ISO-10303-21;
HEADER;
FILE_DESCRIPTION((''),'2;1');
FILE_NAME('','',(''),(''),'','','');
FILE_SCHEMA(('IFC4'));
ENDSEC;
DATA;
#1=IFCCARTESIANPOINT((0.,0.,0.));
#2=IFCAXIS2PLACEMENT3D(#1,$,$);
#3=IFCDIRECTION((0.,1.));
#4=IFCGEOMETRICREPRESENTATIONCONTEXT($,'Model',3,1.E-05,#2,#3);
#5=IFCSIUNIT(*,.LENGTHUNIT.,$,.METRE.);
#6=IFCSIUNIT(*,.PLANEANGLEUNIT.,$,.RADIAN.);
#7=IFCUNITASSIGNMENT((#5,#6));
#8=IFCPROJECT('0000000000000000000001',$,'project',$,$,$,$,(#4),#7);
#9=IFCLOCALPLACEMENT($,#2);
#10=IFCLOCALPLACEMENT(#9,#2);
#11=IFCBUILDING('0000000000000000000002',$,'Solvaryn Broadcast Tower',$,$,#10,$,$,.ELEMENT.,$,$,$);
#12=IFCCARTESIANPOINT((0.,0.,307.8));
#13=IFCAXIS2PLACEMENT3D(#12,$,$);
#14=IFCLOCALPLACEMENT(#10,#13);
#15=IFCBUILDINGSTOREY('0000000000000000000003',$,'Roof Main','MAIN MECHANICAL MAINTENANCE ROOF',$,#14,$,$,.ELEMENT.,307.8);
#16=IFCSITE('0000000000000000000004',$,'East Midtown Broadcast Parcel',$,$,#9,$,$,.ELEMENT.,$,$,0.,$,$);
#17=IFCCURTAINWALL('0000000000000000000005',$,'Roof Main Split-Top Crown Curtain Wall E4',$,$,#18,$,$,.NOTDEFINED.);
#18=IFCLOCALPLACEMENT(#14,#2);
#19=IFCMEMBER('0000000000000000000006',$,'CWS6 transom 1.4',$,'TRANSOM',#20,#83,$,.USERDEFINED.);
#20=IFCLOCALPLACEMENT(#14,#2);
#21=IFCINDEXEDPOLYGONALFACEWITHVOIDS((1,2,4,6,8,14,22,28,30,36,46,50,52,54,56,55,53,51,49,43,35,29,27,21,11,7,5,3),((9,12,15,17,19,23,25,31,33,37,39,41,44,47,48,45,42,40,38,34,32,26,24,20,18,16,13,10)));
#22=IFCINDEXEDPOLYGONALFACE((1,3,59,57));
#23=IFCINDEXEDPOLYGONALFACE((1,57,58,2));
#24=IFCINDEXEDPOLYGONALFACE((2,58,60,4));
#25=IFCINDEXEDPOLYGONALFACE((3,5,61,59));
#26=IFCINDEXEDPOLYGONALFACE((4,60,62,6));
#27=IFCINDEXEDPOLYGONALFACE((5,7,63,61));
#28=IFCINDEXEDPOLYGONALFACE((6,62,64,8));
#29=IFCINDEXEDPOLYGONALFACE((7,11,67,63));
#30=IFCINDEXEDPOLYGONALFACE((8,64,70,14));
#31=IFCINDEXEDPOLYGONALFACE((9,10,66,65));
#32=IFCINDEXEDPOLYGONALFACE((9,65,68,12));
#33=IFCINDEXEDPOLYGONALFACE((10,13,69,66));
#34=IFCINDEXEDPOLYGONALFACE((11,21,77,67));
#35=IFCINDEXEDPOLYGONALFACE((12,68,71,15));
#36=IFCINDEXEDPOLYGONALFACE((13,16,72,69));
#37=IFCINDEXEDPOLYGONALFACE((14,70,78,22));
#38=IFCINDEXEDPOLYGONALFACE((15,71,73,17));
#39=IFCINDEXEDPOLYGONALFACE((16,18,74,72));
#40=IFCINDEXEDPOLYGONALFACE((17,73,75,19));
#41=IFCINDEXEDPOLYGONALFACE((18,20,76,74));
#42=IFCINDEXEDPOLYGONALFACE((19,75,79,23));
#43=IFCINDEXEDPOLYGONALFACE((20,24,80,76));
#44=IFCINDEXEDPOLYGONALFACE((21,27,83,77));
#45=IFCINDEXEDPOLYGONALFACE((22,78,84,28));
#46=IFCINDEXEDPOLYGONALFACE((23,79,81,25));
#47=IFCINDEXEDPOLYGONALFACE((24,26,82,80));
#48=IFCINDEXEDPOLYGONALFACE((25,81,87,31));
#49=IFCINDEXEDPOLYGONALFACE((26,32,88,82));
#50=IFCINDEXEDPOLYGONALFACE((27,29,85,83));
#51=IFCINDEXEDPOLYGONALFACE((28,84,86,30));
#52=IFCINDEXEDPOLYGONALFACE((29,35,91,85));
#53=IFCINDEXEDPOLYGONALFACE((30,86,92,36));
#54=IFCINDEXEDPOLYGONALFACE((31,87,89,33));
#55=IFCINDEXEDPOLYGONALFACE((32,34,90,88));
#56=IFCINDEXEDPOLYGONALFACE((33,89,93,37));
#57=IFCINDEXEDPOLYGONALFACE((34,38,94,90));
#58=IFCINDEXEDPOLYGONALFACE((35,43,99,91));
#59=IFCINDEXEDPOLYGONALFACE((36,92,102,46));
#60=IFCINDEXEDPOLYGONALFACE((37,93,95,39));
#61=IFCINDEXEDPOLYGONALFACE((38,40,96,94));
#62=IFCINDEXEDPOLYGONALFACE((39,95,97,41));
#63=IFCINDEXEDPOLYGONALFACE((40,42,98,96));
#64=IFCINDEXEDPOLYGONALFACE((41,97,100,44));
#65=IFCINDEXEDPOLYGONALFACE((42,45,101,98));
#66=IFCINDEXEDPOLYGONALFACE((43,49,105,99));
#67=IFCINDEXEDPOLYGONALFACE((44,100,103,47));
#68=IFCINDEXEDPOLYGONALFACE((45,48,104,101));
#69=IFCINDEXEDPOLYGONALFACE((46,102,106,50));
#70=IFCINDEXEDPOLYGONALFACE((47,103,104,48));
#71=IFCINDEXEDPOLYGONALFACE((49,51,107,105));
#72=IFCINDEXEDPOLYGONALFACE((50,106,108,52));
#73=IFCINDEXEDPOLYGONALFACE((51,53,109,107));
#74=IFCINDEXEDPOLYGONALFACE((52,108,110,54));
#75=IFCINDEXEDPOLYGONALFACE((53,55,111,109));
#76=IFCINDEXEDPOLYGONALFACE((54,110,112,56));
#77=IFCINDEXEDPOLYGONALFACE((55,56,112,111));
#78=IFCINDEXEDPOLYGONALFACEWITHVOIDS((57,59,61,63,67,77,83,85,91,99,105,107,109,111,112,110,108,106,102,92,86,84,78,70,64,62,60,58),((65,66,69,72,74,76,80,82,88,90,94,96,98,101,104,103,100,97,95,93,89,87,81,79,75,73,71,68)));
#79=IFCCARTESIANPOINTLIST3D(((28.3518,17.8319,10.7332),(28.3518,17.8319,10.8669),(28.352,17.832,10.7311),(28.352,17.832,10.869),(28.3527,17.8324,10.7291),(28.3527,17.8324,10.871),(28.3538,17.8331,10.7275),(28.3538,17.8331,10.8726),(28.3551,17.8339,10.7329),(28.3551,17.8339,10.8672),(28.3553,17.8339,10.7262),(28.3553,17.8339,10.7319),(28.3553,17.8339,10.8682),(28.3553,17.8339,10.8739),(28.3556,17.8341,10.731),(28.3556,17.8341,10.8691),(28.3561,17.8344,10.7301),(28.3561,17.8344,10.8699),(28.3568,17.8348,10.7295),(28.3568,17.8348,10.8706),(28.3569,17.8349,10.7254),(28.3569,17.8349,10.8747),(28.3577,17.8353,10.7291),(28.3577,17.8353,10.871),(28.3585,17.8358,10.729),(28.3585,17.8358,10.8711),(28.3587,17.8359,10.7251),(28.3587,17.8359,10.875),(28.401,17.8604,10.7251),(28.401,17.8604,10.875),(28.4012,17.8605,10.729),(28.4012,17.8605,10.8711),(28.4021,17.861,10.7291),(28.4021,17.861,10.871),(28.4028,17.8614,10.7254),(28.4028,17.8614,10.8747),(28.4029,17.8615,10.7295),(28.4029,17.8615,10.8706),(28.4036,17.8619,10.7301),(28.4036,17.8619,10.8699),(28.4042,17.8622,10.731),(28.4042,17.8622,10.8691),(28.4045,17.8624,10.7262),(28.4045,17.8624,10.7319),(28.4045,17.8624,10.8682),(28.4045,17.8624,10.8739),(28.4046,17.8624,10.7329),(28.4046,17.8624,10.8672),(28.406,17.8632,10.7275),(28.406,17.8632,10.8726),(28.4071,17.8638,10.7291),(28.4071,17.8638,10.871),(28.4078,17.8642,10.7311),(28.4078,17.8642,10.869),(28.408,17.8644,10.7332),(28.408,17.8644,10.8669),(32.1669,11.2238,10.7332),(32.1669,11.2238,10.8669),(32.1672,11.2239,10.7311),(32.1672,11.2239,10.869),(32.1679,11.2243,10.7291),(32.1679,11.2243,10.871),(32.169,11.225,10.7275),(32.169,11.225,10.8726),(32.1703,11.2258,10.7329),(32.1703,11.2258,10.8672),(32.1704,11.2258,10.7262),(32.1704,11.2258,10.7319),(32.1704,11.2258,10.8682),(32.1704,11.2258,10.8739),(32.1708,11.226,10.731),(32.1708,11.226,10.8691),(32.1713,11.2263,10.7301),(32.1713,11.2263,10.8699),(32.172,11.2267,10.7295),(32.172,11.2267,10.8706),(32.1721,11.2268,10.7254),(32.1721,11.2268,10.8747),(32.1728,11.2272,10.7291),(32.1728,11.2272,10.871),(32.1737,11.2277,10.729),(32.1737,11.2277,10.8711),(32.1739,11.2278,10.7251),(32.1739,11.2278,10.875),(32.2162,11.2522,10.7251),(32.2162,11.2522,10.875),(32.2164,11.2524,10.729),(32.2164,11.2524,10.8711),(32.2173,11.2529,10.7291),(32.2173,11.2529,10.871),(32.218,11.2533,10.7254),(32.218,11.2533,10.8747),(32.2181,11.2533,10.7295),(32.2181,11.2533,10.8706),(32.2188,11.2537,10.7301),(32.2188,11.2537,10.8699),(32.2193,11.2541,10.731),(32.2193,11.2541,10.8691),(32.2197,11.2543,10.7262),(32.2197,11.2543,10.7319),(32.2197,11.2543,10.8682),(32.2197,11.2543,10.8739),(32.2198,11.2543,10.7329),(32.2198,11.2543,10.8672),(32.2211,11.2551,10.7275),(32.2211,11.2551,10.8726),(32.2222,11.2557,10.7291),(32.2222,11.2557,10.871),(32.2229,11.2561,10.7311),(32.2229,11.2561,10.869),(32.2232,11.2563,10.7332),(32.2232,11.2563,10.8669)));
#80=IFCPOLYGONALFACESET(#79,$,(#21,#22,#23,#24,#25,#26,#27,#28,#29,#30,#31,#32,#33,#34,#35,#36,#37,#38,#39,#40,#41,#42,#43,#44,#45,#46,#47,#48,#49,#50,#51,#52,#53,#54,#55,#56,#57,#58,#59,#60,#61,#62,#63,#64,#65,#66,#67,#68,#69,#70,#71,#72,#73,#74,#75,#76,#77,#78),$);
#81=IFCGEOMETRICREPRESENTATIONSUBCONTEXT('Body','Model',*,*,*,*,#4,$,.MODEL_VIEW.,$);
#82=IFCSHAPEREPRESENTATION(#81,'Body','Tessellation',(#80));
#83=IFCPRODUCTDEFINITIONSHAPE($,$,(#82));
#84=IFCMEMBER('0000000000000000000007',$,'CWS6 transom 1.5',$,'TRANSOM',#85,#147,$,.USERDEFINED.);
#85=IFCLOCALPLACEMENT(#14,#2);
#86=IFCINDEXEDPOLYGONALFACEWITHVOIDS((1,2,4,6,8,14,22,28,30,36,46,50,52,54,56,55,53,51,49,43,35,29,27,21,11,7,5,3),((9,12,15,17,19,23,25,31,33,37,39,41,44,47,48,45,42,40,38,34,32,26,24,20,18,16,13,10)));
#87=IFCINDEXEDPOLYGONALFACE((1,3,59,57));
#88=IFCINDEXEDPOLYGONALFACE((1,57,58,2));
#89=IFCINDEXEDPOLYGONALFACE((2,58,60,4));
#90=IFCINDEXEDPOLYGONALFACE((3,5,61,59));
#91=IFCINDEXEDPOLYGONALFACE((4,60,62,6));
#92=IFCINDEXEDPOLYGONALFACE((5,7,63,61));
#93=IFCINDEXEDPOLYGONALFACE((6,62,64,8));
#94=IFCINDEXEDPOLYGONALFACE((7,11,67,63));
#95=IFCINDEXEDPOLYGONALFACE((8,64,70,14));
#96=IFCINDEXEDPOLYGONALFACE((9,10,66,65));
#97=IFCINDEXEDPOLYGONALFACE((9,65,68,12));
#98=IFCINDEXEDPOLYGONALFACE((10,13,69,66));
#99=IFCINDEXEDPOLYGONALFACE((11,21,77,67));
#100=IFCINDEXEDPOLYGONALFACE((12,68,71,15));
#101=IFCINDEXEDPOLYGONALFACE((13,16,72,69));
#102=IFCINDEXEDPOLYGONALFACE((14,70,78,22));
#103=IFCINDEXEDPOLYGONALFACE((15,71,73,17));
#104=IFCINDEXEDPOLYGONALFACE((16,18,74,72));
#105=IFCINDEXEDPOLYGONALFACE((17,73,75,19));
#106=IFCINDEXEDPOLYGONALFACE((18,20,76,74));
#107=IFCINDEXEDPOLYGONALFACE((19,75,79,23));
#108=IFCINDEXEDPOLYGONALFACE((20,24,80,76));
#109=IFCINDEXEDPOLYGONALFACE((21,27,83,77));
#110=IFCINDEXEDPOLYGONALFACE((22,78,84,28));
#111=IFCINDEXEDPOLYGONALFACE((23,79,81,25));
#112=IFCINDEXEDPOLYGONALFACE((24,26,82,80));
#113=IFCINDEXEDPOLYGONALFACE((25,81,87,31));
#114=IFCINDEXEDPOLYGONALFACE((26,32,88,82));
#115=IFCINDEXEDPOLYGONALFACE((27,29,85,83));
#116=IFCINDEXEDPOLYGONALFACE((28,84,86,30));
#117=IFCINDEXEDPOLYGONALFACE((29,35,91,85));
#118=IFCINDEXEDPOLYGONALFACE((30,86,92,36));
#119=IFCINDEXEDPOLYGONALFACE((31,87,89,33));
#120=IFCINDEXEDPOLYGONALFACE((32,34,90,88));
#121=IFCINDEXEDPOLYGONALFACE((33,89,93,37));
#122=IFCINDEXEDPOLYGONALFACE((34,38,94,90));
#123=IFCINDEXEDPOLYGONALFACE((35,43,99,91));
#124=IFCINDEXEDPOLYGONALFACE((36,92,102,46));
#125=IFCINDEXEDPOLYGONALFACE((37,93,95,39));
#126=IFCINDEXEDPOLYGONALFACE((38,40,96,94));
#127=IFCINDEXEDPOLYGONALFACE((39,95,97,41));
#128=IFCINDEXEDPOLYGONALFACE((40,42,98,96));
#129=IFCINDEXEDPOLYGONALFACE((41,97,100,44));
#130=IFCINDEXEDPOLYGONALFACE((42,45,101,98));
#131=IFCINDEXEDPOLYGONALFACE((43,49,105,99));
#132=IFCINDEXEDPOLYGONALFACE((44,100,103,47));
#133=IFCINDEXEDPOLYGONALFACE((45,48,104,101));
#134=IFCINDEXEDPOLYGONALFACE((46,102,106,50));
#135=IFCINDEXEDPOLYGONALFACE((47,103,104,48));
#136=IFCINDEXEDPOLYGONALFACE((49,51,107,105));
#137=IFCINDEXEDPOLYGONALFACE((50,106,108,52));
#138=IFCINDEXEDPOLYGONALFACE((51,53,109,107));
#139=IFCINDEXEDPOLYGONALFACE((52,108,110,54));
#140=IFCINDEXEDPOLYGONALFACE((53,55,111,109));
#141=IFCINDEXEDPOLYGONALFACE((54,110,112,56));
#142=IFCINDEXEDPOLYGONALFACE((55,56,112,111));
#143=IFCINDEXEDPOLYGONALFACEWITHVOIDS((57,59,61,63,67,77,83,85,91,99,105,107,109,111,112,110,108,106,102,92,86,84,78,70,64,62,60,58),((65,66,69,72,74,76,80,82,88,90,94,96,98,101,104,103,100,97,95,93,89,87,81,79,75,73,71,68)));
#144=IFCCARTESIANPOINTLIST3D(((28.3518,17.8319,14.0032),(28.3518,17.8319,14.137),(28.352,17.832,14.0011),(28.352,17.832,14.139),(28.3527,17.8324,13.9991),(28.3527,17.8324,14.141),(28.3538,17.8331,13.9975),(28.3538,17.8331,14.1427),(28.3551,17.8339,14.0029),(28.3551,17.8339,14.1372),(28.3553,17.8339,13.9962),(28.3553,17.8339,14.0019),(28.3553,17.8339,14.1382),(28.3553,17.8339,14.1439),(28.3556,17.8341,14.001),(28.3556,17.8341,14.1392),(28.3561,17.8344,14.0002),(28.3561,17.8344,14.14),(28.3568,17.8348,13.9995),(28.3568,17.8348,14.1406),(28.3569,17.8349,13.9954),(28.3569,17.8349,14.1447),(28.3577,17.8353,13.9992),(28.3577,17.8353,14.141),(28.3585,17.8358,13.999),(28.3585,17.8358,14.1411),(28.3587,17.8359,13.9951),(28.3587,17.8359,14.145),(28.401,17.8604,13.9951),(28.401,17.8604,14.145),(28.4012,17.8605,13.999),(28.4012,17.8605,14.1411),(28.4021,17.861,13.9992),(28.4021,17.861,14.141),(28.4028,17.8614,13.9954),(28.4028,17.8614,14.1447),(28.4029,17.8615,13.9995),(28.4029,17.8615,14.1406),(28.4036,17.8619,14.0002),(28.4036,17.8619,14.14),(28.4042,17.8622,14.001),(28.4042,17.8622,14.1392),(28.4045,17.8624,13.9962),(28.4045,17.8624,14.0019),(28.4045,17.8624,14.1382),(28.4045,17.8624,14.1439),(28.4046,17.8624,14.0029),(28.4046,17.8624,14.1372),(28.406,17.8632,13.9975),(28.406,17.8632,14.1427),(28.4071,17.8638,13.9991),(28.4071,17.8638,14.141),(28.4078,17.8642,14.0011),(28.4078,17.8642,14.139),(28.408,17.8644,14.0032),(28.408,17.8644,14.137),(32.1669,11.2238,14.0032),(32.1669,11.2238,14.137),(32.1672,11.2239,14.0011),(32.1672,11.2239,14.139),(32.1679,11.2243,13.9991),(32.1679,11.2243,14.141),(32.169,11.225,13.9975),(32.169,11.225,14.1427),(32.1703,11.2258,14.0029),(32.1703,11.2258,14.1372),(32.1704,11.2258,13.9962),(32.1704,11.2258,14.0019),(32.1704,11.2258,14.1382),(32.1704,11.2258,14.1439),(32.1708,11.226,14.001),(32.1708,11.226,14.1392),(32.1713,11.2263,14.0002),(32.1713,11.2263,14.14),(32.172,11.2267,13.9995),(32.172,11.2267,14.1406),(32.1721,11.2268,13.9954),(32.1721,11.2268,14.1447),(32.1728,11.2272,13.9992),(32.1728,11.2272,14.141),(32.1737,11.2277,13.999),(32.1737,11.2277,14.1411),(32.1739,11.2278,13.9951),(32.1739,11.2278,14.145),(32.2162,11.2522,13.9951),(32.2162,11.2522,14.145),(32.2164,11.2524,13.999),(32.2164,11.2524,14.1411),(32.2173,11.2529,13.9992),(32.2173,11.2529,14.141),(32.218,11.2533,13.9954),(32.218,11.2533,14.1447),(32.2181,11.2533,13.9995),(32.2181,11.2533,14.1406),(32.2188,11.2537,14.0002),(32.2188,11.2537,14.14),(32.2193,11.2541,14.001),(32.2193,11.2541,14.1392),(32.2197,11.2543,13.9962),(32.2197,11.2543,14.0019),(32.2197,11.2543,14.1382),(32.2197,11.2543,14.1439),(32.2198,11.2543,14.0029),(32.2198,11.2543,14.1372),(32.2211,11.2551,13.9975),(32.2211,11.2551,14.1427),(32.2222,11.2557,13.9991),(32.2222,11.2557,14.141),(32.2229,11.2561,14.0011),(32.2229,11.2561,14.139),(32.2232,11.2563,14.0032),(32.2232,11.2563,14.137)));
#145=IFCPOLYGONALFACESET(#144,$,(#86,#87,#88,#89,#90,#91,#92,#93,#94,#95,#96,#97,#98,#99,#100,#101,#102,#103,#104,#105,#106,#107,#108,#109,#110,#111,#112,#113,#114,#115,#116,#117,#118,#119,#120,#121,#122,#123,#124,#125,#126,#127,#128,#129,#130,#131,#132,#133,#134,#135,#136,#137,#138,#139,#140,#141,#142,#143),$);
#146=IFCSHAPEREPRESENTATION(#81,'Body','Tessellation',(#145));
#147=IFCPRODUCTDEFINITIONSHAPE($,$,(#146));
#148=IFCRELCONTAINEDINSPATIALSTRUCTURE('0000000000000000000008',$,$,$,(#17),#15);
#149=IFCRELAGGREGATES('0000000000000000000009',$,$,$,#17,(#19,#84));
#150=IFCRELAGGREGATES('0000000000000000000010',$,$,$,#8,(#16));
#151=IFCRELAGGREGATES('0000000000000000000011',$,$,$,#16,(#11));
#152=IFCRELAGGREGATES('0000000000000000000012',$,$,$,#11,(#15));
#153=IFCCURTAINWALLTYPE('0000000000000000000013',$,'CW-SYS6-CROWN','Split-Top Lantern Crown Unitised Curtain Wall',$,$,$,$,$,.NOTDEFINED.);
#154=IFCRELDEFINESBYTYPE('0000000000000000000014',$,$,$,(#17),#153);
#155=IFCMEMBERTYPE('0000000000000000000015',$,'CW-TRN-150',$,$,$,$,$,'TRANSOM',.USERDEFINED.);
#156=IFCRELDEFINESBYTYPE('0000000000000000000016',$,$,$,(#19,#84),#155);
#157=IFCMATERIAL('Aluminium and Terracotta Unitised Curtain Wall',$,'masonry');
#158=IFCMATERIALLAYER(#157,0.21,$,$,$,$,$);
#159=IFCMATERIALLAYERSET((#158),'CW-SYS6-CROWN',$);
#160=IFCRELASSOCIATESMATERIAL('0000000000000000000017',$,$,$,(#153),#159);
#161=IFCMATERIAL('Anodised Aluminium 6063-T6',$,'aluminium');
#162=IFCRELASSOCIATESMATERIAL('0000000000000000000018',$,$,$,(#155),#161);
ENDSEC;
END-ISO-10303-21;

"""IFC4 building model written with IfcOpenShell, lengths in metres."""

from ifc_helpers import new_model, si_unit, direction, frame, origin, origin_2d, place, context, subcontext, project, spatial, hollow_rectangle, extrude, material, layer, layer_set, material_profile, profile_set, type_object, element, aggregate, save


model = new_model("IFC4")

# Units and contexts
model_context = context("Model", 3, precision=1e-05, world=origin(), true_north=direction((0.0, 1.0)))
body_context = subcontext(model_context, "Body", "Model", "MODEL_VIEW")
ifc_project = project(units=[si_unit("LENGTHUNIT", "METRE"), si_unit("PLANEANGLEUNIT", "RADIAN")], contexts=[model_context])

# Site, building, storey
site_placement = place(None, origin())
site = spatial("IfcSite", under=ifc_project, at=site_placement, Name="East Midtown Broadcast Parcel", CompositionType="ELEMENT", RefElevation=0.0)
building_placement = place(site_placement, origin())
building = spatial("IfcBuilding", under=site, at=building_placement, Name="Solvaryn Broadcast Tower", CompositionType="ELEMENT")
storey_placement = place(building_placement, frame((0.0, 0.0, 307.8)))
storey = spatial("IfcBuildingStorey", under=building, at=storey_placement, Name="Roof Main", Description="MAIN MECHANICAL MAINTENANCE ROOF", CompositionType="ELEMENT", Elevation=307.8)

# Curtain wall
ifc_material_1 = material(Name="Aluminium and Terracotta Unitised Curtain Wall", Category="masonry")
ifc_layer_1 = layer(ifc_material_1, 0.21)
ifc_layer_set_1 = layer_set([ifc_layer_1], Name="CW-SYS6-CROWN")
curtain_wall_type = type_object("IfcCurtainWallType", Name="CW-SYS6-CROWN", Description="Split-Top Lantern Crown Unitised Curtain Wall", PredefinedType="NOTDEFINED", material=ifc_layer_set_1)
curtain_wall_1_placement = place(storey_placement, origin())
curtain_wall_1 = element("IfcCurtainWall", 1, at=curtain_wall_1_placement, inside=storey, type_object=curtain_wall_type, Name="Roof Main Split-Top Crown Curtain Wall E4", PredefinedType="NOTDEFINED")

# Members
ifc_material_2 = material(Name="Anodised Aluminium 6063-T6", Category="aluminium")
ifc_material_profile_1 = material_profile(ifc_material_2, hollow_rectangle(XDim=0.0649, YDim=0.1499, WallThickness=0.0039, InnerFilletRadius=0.0039, OuterFilletRadius=0.0081, at=origin_2d()))
ifc_profile_set_1 = profile_set([ifc_material_profile_1], Name="Anodised Aluminium 6063-T6")
member_type_1 = type_object("IfcMemberType", Name="CW-TRN-150", ElementType="TRANSOM", PredefinedType="USERDEFINED", material=ifc_profile_set_1)
member_1_placement = place(storey_placement, frame((28.3799, 17.8481, 10.8), z_axis=(0.499997, -0.866027, 0.0), x_axis=(0.866027, 0.499997, 0.0)))
member_1 = element("IfcMember", 2, at=member_1_placement, type_object=member_type_1, Name="CWS6 transom 1.4", ObjectType="TRANSOM", PredefinedType="USERDEFINED", context=body_context, shape_type="SweptSolid", body=[
    extrude(hollow_rectangle(XDim=0.0649, YDim=0.1499, WallThickness=0.0039, InnerFilletRadius=0.0039, OuterFilletRadius=0.0081, at=origin_2d()), origin(), (0.0, 0.0, 1.0), 7.6304),
])
member_2_placement = place(storey_placement, frame((28.3799, 17.8481, 14.0701), z_axis=(0.499997, -0.866027, 0.0), x_axis=(0.866027, 0.499997, 0.0)))
member_2 = element("IfcMember", 3, at=member_2_placement, type_object=member_type_1, Name="CWS6 transom 1.5", ObjectType="TRANSOM", PredefinedType="USERDEFINED", context=body_context, shape_type="SweptSolid", body=[
    extrude(hollow_rectangle(XDim=0.0649, YDim=0.1499, WallThickness=0.0039, InnerFilletRadius=0.0039, OuterFilletRadius=0.0081, at=origin_2d()), origin(), (0.0, 0.0, 1.0), 7.6304),
])

aggregate(curtain_wall_1, [member_1, member_2])

save(model, "model.ifc")
